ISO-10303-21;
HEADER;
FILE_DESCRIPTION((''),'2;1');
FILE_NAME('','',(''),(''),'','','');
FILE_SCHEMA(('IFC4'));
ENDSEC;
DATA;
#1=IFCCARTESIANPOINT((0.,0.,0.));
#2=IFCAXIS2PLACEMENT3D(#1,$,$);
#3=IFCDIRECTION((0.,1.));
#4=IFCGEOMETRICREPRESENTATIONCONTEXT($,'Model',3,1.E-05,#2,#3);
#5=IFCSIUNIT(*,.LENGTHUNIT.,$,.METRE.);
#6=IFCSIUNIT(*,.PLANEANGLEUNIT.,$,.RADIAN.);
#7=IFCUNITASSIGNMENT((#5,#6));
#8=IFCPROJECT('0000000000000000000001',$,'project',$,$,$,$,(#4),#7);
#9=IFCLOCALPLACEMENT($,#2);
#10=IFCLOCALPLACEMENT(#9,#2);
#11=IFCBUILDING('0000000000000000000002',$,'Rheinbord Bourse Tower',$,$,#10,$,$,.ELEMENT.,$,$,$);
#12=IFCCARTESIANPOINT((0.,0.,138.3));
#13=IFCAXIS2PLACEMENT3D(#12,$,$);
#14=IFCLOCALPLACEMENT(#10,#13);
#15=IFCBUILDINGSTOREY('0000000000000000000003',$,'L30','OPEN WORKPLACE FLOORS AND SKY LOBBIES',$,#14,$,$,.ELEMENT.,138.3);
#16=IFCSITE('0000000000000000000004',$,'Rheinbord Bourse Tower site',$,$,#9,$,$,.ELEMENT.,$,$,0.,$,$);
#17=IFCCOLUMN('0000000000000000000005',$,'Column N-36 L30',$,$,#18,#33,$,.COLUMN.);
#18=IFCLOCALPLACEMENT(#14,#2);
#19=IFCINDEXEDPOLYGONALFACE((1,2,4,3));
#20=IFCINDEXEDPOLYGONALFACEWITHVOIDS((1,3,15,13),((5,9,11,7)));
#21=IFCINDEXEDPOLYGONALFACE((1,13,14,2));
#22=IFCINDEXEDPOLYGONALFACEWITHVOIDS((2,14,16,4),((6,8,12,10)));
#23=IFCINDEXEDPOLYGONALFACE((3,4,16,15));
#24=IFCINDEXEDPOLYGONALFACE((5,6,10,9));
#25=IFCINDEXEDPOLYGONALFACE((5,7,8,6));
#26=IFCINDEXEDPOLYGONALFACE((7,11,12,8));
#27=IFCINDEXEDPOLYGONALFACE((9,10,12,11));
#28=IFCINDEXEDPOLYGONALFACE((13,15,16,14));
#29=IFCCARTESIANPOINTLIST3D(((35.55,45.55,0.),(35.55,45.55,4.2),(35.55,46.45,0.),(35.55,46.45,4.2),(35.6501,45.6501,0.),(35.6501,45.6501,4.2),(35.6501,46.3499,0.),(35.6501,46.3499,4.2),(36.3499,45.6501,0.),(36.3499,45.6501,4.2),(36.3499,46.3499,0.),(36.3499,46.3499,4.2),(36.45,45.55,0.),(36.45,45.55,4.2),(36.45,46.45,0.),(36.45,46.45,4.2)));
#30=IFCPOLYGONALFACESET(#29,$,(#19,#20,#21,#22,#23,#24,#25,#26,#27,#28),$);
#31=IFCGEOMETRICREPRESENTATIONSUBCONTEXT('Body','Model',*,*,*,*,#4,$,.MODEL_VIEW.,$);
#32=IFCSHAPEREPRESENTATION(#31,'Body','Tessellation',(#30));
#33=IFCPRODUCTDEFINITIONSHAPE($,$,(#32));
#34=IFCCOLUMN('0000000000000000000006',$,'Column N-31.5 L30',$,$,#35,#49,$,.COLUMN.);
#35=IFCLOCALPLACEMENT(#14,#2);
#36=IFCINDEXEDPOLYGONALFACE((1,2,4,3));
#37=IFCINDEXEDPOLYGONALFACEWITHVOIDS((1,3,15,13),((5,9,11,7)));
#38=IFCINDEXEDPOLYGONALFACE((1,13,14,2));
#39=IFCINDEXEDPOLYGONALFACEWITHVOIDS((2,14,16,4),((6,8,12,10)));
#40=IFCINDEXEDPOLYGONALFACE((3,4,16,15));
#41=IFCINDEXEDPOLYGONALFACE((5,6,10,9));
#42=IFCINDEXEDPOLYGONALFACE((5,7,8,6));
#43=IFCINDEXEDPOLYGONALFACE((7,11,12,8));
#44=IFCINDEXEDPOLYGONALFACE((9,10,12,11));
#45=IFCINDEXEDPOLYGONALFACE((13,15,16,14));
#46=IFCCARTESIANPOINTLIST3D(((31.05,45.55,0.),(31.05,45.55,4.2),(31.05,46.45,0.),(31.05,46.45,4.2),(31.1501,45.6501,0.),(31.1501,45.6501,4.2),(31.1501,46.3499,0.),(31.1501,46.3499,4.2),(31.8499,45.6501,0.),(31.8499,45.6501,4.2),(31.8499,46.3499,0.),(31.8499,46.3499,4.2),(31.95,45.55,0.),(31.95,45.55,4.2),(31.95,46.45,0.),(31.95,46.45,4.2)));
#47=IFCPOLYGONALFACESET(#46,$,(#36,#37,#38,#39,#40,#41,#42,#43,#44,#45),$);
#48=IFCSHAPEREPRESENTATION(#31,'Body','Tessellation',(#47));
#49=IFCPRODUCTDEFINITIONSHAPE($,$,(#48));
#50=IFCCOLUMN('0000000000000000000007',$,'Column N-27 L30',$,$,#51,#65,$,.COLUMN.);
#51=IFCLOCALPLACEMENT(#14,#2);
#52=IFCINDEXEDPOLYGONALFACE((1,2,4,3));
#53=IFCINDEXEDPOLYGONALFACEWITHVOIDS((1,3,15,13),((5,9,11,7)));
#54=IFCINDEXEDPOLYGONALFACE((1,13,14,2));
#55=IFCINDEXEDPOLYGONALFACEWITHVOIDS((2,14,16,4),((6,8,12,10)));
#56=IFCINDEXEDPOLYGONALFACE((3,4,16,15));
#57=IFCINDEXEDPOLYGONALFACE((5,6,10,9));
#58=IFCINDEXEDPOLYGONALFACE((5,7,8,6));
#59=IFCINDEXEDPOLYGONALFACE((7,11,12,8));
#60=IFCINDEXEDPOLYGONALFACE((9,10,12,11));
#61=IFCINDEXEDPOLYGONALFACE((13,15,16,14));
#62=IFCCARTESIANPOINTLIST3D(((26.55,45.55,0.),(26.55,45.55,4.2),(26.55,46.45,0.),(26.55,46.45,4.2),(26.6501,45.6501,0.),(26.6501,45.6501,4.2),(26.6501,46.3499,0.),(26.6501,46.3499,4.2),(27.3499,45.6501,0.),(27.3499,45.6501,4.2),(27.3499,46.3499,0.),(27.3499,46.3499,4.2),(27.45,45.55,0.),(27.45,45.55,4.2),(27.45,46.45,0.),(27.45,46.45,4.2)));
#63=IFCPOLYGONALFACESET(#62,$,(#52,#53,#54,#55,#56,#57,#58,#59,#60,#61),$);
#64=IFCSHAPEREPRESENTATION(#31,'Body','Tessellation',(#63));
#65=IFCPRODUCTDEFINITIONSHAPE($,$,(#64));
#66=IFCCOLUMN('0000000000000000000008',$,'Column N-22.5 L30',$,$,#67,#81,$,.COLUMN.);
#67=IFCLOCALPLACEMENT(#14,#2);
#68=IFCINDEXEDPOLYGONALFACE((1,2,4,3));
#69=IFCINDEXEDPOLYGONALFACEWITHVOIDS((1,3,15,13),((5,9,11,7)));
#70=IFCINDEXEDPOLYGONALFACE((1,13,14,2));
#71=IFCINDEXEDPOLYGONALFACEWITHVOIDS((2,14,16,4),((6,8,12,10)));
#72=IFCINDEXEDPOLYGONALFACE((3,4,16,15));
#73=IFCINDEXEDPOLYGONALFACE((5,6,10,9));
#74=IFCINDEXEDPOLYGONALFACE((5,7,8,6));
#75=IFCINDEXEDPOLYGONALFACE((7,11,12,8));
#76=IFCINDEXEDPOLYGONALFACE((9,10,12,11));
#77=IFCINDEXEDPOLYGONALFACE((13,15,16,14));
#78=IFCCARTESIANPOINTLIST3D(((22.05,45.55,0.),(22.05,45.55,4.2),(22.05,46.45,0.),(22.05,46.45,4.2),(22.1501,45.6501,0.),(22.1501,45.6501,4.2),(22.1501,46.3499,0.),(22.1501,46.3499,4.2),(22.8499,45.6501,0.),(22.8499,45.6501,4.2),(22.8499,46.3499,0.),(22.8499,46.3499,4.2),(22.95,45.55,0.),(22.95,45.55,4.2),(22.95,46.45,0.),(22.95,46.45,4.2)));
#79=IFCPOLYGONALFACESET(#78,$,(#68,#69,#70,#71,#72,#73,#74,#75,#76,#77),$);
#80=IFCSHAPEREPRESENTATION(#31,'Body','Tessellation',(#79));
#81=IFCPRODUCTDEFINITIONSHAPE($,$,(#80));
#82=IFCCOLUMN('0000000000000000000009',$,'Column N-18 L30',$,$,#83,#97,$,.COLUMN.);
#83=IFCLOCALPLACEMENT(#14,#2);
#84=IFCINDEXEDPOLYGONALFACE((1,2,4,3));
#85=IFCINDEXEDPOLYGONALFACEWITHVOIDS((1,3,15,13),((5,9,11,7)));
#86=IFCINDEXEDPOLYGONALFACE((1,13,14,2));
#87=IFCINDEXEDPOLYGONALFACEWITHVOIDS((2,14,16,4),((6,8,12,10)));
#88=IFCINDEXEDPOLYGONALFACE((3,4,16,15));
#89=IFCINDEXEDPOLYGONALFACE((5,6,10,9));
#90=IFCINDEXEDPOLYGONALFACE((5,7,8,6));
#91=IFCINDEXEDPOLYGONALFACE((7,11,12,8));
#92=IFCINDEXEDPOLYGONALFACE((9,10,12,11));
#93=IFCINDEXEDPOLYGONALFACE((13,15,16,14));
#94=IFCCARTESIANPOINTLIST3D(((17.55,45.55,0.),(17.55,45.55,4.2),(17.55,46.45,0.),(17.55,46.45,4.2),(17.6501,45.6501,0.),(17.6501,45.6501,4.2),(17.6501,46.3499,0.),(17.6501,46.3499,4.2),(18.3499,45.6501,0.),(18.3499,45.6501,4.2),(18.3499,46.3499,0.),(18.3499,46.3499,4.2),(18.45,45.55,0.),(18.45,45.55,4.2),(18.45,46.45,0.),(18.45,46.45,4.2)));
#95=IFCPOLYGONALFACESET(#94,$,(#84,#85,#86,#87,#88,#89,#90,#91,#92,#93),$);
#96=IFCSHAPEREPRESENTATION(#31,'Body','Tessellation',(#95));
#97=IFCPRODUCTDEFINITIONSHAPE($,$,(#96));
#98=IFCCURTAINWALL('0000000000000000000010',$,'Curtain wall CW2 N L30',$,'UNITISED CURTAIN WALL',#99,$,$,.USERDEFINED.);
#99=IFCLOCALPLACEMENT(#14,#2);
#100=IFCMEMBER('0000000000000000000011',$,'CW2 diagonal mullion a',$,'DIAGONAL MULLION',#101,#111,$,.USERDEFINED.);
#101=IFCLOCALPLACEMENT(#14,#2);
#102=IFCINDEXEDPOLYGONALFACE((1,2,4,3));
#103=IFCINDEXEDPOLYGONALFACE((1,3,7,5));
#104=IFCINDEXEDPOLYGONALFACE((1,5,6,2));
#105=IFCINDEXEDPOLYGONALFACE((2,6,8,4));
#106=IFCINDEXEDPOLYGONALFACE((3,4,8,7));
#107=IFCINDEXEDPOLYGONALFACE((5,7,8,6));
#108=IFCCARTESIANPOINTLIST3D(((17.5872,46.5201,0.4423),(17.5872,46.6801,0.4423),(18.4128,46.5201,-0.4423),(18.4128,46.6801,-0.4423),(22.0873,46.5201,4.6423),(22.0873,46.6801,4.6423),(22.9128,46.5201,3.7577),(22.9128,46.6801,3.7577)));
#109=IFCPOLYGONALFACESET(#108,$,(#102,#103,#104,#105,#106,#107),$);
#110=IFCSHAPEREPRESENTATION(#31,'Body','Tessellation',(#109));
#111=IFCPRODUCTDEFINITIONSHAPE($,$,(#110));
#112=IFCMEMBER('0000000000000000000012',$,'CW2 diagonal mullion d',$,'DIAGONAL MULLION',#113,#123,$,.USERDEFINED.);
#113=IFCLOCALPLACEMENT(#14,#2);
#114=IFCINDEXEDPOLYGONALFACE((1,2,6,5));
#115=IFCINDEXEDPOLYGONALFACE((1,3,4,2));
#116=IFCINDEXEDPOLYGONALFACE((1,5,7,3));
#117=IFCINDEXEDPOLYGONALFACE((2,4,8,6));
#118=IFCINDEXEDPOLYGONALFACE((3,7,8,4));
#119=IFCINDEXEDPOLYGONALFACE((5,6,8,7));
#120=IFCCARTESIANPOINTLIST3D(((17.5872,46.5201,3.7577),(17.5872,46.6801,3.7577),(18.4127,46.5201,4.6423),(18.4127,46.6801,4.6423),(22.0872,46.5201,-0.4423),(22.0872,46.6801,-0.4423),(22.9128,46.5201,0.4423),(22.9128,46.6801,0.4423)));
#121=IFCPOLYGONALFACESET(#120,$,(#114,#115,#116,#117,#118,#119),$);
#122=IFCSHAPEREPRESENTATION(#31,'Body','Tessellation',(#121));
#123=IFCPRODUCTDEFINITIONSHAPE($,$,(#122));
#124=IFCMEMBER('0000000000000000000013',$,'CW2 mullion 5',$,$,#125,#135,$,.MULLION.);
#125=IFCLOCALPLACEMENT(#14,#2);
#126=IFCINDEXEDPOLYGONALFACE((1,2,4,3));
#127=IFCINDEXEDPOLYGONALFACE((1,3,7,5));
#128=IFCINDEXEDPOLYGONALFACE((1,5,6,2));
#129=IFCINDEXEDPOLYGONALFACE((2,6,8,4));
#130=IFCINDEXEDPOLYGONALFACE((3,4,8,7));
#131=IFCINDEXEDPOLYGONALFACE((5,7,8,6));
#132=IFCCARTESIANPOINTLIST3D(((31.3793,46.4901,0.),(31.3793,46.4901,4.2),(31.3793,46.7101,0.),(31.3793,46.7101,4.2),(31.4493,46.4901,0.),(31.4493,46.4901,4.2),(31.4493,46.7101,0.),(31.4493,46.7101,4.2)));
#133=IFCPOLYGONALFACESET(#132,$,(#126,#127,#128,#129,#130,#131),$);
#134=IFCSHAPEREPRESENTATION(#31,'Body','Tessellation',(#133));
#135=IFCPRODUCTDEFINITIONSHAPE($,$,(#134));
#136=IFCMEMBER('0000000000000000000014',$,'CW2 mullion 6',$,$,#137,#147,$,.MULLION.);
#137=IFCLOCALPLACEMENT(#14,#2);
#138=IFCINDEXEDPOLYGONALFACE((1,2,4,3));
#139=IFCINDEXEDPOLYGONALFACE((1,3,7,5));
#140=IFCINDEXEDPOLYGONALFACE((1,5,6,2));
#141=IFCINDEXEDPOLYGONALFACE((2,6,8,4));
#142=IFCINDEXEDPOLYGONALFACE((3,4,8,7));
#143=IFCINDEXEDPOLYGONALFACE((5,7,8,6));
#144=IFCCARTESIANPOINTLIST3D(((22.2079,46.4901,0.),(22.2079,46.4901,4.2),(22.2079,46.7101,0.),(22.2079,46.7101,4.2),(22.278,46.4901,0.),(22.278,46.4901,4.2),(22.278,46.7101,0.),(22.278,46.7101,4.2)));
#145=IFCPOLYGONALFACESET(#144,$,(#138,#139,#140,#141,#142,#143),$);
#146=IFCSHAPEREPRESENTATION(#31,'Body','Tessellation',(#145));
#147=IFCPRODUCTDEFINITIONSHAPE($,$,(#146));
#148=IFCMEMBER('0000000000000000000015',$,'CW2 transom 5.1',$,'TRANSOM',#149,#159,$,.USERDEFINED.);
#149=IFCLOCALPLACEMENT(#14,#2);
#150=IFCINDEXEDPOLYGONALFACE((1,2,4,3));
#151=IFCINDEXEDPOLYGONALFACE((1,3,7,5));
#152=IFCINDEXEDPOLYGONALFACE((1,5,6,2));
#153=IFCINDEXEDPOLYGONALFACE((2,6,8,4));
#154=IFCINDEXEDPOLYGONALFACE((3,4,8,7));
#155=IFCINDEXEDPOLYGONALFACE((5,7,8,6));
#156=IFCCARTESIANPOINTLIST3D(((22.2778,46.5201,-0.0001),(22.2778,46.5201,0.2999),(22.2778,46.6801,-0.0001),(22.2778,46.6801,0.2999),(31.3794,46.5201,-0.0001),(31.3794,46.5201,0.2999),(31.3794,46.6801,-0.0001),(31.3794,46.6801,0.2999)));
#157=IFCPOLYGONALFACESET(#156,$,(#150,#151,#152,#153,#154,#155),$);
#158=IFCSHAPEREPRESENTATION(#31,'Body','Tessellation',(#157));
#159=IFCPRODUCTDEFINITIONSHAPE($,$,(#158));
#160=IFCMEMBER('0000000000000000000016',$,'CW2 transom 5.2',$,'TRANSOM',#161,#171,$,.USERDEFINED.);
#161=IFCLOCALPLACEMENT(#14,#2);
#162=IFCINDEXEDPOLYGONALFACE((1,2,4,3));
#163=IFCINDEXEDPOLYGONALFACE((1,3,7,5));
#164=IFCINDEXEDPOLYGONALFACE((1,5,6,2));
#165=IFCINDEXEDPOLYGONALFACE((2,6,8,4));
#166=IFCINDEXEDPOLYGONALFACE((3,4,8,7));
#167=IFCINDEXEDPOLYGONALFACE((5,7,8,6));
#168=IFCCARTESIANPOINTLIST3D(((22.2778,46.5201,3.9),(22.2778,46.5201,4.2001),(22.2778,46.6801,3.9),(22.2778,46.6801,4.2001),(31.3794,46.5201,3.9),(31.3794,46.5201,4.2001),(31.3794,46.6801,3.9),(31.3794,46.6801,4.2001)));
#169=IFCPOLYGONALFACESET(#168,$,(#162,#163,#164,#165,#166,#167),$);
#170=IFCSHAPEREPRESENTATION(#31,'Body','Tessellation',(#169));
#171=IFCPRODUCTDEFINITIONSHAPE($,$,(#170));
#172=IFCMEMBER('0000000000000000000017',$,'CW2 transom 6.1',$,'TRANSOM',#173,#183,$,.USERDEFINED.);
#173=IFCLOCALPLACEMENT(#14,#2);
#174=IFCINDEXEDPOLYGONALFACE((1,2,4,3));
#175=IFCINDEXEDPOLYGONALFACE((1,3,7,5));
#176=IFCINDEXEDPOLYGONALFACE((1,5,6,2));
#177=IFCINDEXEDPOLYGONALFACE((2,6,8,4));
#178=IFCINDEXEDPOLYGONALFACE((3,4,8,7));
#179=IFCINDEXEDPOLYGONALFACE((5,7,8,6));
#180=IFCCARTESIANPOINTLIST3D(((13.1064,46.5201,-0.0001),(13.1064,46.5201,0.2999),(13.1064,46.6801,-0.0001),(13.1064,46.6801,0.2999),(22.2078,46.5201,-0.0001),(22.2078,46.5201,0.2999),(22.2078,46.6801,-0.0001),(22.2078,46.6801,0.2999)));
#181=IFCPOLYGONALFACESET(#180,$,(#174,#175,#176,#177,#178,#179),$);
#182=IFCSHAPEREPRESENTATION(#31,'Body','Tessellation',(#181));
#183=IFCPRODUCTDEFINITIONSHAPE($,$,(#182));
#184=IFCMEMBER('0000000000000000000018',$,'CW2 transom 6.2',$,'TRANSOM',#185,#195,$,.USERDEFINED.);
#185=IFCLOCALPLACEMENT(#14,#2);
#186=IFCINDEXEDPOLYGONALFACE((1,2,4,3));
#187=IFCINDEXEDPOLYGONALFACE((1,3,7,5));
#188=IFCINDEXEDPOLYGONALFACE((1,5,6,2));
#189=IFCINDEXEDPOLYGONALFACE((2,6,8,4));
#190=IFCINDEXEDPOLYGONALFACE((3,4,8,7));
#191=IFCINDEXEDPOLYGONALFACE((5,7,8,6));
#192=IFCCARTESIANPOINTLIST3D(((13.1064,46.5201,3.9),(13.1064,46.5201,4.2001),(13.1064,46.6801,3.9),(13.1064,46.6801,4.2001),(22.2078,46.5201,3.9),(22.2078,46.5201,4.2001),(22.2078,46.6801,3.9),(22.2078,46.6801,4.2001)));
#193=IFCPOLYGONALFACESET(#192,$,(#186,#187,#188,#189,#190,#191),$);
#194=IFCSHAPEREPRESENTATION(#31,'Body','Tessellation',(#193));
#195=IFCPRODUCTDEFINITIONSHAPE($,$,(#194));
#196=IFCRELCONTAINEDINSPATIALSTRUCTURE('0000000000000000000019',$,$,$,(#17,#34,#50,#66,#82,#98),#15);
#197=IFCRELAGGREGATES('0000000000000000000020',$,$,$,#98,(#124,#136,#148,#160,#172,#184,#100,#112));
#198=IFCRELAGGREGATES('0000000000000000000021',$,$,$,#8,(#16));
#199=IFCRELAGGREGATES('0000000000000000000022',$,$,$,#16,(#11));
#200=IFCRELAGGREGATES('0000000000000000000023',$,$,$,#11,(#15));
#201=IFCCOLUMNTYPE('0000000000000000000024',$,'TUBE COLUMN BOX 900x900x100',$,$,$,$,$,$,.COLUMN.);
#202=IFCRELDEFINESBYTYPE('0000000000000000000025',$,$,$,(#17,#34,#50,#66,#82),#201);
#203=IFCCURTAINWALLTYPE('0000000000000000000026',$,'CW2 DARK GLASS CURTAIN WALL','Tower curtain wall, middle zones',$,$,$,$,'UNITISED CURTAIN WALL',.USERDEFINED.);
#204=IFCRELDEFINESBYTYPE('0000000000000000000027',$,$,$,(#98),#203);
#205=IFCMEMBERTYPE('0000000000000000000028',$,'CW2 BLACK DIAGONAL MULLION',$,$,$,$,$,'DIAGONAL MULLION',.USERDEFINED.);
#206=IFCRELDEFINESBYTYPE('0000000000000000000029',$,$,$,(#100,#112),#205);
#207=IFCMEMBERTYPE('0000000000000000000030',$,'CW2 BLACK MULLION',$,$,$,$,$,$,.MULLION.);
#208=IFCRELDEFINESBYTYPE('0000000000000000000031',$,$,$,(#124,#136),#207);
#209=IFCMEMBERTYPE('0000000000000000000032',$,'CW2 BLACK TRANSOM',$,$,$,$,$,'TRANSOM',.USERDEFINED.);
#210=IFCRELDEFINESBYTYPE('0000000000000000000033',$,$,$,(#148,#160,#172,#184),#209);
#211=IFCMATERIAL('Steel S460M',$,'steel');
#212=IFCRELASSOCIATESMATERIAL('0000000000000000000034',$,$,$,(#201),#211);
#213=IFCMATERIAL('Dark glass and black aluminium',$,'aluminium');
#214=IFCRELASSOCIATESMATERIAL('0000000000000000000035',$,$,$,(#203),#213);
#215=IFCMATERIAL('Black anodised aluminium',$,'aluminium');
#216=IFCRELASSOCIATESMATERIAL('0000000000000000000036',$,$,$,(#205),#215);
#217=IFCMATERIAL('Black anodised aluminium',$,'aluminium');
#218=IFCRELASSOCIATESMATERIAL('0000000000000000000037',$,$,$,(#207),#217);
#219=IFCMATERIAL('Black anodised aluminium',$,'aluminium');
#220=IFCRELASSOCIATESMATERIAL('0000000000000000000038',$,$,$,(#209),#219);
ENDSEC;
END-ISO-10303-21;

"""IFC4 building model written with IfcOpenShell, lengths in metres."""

from ifc_helpers import new_model, si_unit, direction, frame, origin, origin_2d, place, context, subcontext, project, spatial, rectangle, hollow_rectangle, extrude, material, material_profile, profile_set, type_object, element, aggregate, save


model = new_model("IFC4")

# Units and contexts
model_context = context("Model", 3, precision=1e-05, world=origin(), true_north=direction((0.0, 1.0)))
body_context = subcontext(model_context, "Body", "Model", "MODEL_VIEW")
ifc_project = project(units=[si_unit("LENGTHUNIT", "METRE"), si_unit("PLANEANGLEUNIT", "RADIAN")], contexts=[model_context])

# Site, building, storey
site_placement = place(None, origin())
site = spatial("IfcSite", under=ifc_project, at=site_placement, Name="Rheinbord Bourse Tower site", CompositionType="ELEMENT", RefElevation=0.0)
building_placement = place(site_placement, origin())
building = spatial("IfcBuilding", under=site, at=building_placement, Name="Rheinbord Bourse Tower", CompositionType="ELEMENT")
storey_placement = place(building_placement, frame((0.0, 0.0, 138.3)))
storey = spatial("IfcBuildingStorey", under=building, at=storey_placement, Name="L30", Description="OPEN WORKPLACE FLOORS AND SKY LOBBIES", CompositionType="ELEMENT", Elevation=138.3)

# Columns
ifc_material_1 = material(Name="Steel S460M", Category="steel")
ifc_material_profile_1 = material_profile(ifc_material_1, hollow_rectangle(XDim=0.8999, YDim=0.8999, WallThickness=0.1001, at=origin_2d()), Name="BOX 900x900x100")
ifc_profile_set_1 = profile_set([ifc_material_profile_1], Name="Steel S460M")
column_type = type_object("IfcColumnType", Name="TUBE COLUMN BOX 900x900x100", PredefinedType="COLUMN", material=ifc_profile_set_1)
for number, where, z_axis, x_axis, name in (
    (1, (36.0, 46.0, 0.0), (0.0, 0.0, 1.0), (0.0, 1.0, 0.0), "Column N-36 L30"),
    (2, (31.5, 46.0, 0.0), (0.0, 0.0, 1.0), (0.0, 1.0, 0.0), "Column N-31.5 L30"),
    (3, (27.0, 46.0, 0.0), (0.0, 0.0, 1.0), (0.0, 1.0, 0.0), "Column N-27 L30"),
    (4, (22.5, 46.0, 0.0), (0.0, 0.0, 1.0), (0.0, 1.0, 0.0), "Column N-22.5 L30"),
    (5, (18.0, 46.0, 0.0), (0.0, 0.0, 1.0), (0.0, 1.0, 0.0), "Column N-18 L30"),
):
    element("IfcColumn", number, at=place(storey_placement, frame(where, z_axis=z_axis, x_axis=x_axis)), inside=storey, type_object=column_type, Name=name, PredefinedType="COLUMN", context=body_context, shape_type="SweptSolid", body=[
        extrude(hollow_rectangle(XDim=0.8999, YDim=0.8999, WallThickness=0.1001, at=origin_2d()), origin(), (0.0, 0.0, 1.0), 4.2),
    ])

# Curtain wall, members
ifc_material_2 = material(Name="Dark glass and black aluminium", Category="aluminium")
curtain_wall_type = type_object("IfcCurtainWallType", Name="CW2 DARK GLASS CURTAIN WALL", Description="Tower curtain wall, middle zones", ElementType="UNITISED CURTAIN WALL", PredefinedType="USERDEFINED", material=ifc_material_2)
curtain_wall_placement = place(storey_placement, origin())
curtain_wall = element("IfcCurtainWall", 6, at=curtain_wall_placement, inside=storey, type_object=curtain_wall_type, Name="Curtain wall CW2 N L30", ObjectType="UNITISED CURTAIN WALL", PredefinedType="USERDEFINED")
ifc_material_3 = material(Name="Black anodised aluminium", Category="aluminium")
ifc_material_profile_2 = material_profile(ifc_material_3, rectangle(XDim=0.1599, YDim=1.21, at=origin_2d()), Name="CW2 DIAGONAL MULLION 1210x160")
ifc_profile_set_2 = profile_set([ifc_material_profile_2], Name="Black anodised aluminium")
member_type_1 = type_object("IfcMemberType", Name="CW2 BLACK DIAGONAL MULLION", ElementType="DIAGONAL MULLION", PredefinedType="USERDEFINED", material=ifc_profile_set_2)
member_1_placement = place(storey_placement, frame((18.0, 46.6001, 0.0), z_axis=(0.731059, 0.0, 0.682314), x_axis=(0.0, 1.0, 0.0)))
member_1 = element("IfcMember", 7, at=member_1_placement, type_object=member_type_1, Name="CW2 diagonal mullion a", ObjectType="DIAGONAL MULLION", PredefinedType="USERDEFINED", context=body_context, shape_type="SweptSolid", body=[
    extrude(rectangle(XDim=0.1599, YDim=1.21, at=origin_2d()), origin(), (0.0, 0.0, 1.0), 6.1555),
])
member_2_placement = place(storey_placement, frame((22.5, 46.6001, 0.0), z_axis=(-0.731059, 0.0, 0.682314), x_axis=(0.0, -1.0, 0.0)))
member_2 = element("IfcMember", 8, at=member_2_placement, type_object=member_type_1, Name="CW2 diagonal mullion d", ObjectType="DIAGONAL MULLION", PredefinedType="USERDEFINED", context=body_context, shape_type="SweptSolid", body=[
    extrude(rectangle(XDim=0.1599, YDim=1.21, at=origin_2d()), origin(), (0.0, 0.0, 1.0), 6.1555),
])
ifc_material_4 = material(Name="Black anodised aluminium", Category="aluminium")
ifc_material_profile_3 = material_profile(ifc_material_4, rectangle(XDim=0.22, YDim=0.0701, at=origin_2d()), Name="CW2 MULLION 70x220")
ifc_profile_set_3 = profile_set([ifc_material_profile_3], Name="Black anodised aluminium")
member_type_2 = type_object("IfcMemberType", Name="CW2 BLACK MULLION", PredefinedType="MULLION", material=ifc_profile_set_3)
member_3_placement = place(storey_placement, frame((31.4143, 46.6001, 0.0), z_axis=(0.0, 0.0, 1.0), x_axis=(0.0, -1.0, 0.0)))
member_3 = element("IfcMember", 9, at=member_3_placement, type_object=member_type_2, Name="CW2 mullion 5", PredefinedType="MULLION", context=body_context, shape_type="SweptSolid", body=[
    extrude(rectangle(XDim=0.22, YDim=0.0701, at=origin_2d()), origin(), (0.0, 0.0, 1.0), 4.2),
])
member_4_placement = place(storey_placement, frame((22.2429, 46.6001, 0.0), z_axis=(0.0, 0.0, 1.0), x_axis=(0.0, -1.0, 0.0)))
member_4 = element("IfcMember", 10, at=member_4_placement, type_object=member_type_2, Name="CW2 mullion 6", PredefinedType="MULLION", context=body_context, shape_type="SweptSolid", body=[
    extrude(rectangle(XDim=0.22, YDim=0.0701, at=origin_2d()), origin(), (0.0, 0.0, 1.0), 4.2),
])
ifc_material_5 = material(Name="Black anodised aluminium", Category="aluminium")
ifc_material_profile_4 = material_profile(ifc_material_5, rectangle(XDim=0.1599, YDim=0.3, at=origin_2d()), Name="CW2 TRANSOM 300x160")
ifc_profile_set_4 = profile_set([ifc_material_profile_4], Name="Black anodised aluminium")
member_type_3 = type_object("IfcMemberType", Name="CW2 BLACK TRANSOM", ElementType="TRANSOM", PredefinedType="USERDEFINED", material=ifc_profile_set_4)
member_5_placement = place(storey_placement, frame((31.3794, 46.6001, 0.1499), z_axis=(-1.0, 0.0, 0.0), x_axis=(0.0, -1.0, 0.0)))
member_5 = element("IfcMember", 11, at=member_5_placement, type_object=member_type_3, Name="CW2 transom 5.1", ObjectType="TRANSOM", PredefinedType="USERDEFINED", context=body_context, shape_type="SweptSolid", body=[
    extrude(rectangle(XDim=0.1599, YDim=0.3, at=origin_2d()), origin(), (0.0, 0.0, 1.0), 9.1016),
])
member_6_placement = place(storey_placement, frame((31.3794, 46.6001, 4.05), z_axis=(-1.0, 0.0, 0.0), x_axis=(0.0, -1.0, 0.0)))
member_6 = element("IfcMember", 12, at=member_6_placement, type_object=member_type_3, Name="CW2 transom 5.2", ObjectType="TRANSOM", PredefinedType="USERDEFINED", context=body_context, shape_type="SweptSolid", body=[
    extrude(rectangle(XDim=0.1599, YDim=0.3, at=origin_2d()), origin(), (0.0, 0.0, 1.0), 9.1016),
])
member_7_placement = place(storey_placement, frame((22.2078, 46.6001, 0.1499), z_axis=(-1.0, 0.0, 0.0), x_axis=(0.0, -1.0, 0.0)))
member_7 = element("IfcMember", 13, at=member_7_placement, type_object=member_type_3, Name="CW2 transom 6.1", ObjectType="TRANSOM", PredefinedType="USERDEFINED", context=body_context, shape_type="SweptSolid", body=[
    extrude(rectangle(XDim=0.1599, YDim=0.3, at=origin_2d()), origin(), (0.0, 0.0, 1.0), 9.1013),
])
member_8_placement = place(storey_placement, frame((22.2078, 46.6001, 4.05), z_axis=(-1.0, 0.0, 0.0), x_axis=(0.0, -1.0, 0.0)))
member_8 = element("IfcMember", 14, at=member_8_placement, type_object=member_type_3, Name="CW2 transom 6.2", ObjectType="TRANSOM", PredefinedType="USERDEFINED", context=body_context, shape_type="SweptSolid", body=[
    extrude(rectangle(XDim=0.1599, YDim=0.3, at=origin_2d()), origin(), (0.0, 0.0, 1.0), 9.1013),
])

aggregate(curtain_wall, [member_3, member_4, member_5, member_6, member_7, member_8, member_1, member_2])

save(model, "model.ifc")
